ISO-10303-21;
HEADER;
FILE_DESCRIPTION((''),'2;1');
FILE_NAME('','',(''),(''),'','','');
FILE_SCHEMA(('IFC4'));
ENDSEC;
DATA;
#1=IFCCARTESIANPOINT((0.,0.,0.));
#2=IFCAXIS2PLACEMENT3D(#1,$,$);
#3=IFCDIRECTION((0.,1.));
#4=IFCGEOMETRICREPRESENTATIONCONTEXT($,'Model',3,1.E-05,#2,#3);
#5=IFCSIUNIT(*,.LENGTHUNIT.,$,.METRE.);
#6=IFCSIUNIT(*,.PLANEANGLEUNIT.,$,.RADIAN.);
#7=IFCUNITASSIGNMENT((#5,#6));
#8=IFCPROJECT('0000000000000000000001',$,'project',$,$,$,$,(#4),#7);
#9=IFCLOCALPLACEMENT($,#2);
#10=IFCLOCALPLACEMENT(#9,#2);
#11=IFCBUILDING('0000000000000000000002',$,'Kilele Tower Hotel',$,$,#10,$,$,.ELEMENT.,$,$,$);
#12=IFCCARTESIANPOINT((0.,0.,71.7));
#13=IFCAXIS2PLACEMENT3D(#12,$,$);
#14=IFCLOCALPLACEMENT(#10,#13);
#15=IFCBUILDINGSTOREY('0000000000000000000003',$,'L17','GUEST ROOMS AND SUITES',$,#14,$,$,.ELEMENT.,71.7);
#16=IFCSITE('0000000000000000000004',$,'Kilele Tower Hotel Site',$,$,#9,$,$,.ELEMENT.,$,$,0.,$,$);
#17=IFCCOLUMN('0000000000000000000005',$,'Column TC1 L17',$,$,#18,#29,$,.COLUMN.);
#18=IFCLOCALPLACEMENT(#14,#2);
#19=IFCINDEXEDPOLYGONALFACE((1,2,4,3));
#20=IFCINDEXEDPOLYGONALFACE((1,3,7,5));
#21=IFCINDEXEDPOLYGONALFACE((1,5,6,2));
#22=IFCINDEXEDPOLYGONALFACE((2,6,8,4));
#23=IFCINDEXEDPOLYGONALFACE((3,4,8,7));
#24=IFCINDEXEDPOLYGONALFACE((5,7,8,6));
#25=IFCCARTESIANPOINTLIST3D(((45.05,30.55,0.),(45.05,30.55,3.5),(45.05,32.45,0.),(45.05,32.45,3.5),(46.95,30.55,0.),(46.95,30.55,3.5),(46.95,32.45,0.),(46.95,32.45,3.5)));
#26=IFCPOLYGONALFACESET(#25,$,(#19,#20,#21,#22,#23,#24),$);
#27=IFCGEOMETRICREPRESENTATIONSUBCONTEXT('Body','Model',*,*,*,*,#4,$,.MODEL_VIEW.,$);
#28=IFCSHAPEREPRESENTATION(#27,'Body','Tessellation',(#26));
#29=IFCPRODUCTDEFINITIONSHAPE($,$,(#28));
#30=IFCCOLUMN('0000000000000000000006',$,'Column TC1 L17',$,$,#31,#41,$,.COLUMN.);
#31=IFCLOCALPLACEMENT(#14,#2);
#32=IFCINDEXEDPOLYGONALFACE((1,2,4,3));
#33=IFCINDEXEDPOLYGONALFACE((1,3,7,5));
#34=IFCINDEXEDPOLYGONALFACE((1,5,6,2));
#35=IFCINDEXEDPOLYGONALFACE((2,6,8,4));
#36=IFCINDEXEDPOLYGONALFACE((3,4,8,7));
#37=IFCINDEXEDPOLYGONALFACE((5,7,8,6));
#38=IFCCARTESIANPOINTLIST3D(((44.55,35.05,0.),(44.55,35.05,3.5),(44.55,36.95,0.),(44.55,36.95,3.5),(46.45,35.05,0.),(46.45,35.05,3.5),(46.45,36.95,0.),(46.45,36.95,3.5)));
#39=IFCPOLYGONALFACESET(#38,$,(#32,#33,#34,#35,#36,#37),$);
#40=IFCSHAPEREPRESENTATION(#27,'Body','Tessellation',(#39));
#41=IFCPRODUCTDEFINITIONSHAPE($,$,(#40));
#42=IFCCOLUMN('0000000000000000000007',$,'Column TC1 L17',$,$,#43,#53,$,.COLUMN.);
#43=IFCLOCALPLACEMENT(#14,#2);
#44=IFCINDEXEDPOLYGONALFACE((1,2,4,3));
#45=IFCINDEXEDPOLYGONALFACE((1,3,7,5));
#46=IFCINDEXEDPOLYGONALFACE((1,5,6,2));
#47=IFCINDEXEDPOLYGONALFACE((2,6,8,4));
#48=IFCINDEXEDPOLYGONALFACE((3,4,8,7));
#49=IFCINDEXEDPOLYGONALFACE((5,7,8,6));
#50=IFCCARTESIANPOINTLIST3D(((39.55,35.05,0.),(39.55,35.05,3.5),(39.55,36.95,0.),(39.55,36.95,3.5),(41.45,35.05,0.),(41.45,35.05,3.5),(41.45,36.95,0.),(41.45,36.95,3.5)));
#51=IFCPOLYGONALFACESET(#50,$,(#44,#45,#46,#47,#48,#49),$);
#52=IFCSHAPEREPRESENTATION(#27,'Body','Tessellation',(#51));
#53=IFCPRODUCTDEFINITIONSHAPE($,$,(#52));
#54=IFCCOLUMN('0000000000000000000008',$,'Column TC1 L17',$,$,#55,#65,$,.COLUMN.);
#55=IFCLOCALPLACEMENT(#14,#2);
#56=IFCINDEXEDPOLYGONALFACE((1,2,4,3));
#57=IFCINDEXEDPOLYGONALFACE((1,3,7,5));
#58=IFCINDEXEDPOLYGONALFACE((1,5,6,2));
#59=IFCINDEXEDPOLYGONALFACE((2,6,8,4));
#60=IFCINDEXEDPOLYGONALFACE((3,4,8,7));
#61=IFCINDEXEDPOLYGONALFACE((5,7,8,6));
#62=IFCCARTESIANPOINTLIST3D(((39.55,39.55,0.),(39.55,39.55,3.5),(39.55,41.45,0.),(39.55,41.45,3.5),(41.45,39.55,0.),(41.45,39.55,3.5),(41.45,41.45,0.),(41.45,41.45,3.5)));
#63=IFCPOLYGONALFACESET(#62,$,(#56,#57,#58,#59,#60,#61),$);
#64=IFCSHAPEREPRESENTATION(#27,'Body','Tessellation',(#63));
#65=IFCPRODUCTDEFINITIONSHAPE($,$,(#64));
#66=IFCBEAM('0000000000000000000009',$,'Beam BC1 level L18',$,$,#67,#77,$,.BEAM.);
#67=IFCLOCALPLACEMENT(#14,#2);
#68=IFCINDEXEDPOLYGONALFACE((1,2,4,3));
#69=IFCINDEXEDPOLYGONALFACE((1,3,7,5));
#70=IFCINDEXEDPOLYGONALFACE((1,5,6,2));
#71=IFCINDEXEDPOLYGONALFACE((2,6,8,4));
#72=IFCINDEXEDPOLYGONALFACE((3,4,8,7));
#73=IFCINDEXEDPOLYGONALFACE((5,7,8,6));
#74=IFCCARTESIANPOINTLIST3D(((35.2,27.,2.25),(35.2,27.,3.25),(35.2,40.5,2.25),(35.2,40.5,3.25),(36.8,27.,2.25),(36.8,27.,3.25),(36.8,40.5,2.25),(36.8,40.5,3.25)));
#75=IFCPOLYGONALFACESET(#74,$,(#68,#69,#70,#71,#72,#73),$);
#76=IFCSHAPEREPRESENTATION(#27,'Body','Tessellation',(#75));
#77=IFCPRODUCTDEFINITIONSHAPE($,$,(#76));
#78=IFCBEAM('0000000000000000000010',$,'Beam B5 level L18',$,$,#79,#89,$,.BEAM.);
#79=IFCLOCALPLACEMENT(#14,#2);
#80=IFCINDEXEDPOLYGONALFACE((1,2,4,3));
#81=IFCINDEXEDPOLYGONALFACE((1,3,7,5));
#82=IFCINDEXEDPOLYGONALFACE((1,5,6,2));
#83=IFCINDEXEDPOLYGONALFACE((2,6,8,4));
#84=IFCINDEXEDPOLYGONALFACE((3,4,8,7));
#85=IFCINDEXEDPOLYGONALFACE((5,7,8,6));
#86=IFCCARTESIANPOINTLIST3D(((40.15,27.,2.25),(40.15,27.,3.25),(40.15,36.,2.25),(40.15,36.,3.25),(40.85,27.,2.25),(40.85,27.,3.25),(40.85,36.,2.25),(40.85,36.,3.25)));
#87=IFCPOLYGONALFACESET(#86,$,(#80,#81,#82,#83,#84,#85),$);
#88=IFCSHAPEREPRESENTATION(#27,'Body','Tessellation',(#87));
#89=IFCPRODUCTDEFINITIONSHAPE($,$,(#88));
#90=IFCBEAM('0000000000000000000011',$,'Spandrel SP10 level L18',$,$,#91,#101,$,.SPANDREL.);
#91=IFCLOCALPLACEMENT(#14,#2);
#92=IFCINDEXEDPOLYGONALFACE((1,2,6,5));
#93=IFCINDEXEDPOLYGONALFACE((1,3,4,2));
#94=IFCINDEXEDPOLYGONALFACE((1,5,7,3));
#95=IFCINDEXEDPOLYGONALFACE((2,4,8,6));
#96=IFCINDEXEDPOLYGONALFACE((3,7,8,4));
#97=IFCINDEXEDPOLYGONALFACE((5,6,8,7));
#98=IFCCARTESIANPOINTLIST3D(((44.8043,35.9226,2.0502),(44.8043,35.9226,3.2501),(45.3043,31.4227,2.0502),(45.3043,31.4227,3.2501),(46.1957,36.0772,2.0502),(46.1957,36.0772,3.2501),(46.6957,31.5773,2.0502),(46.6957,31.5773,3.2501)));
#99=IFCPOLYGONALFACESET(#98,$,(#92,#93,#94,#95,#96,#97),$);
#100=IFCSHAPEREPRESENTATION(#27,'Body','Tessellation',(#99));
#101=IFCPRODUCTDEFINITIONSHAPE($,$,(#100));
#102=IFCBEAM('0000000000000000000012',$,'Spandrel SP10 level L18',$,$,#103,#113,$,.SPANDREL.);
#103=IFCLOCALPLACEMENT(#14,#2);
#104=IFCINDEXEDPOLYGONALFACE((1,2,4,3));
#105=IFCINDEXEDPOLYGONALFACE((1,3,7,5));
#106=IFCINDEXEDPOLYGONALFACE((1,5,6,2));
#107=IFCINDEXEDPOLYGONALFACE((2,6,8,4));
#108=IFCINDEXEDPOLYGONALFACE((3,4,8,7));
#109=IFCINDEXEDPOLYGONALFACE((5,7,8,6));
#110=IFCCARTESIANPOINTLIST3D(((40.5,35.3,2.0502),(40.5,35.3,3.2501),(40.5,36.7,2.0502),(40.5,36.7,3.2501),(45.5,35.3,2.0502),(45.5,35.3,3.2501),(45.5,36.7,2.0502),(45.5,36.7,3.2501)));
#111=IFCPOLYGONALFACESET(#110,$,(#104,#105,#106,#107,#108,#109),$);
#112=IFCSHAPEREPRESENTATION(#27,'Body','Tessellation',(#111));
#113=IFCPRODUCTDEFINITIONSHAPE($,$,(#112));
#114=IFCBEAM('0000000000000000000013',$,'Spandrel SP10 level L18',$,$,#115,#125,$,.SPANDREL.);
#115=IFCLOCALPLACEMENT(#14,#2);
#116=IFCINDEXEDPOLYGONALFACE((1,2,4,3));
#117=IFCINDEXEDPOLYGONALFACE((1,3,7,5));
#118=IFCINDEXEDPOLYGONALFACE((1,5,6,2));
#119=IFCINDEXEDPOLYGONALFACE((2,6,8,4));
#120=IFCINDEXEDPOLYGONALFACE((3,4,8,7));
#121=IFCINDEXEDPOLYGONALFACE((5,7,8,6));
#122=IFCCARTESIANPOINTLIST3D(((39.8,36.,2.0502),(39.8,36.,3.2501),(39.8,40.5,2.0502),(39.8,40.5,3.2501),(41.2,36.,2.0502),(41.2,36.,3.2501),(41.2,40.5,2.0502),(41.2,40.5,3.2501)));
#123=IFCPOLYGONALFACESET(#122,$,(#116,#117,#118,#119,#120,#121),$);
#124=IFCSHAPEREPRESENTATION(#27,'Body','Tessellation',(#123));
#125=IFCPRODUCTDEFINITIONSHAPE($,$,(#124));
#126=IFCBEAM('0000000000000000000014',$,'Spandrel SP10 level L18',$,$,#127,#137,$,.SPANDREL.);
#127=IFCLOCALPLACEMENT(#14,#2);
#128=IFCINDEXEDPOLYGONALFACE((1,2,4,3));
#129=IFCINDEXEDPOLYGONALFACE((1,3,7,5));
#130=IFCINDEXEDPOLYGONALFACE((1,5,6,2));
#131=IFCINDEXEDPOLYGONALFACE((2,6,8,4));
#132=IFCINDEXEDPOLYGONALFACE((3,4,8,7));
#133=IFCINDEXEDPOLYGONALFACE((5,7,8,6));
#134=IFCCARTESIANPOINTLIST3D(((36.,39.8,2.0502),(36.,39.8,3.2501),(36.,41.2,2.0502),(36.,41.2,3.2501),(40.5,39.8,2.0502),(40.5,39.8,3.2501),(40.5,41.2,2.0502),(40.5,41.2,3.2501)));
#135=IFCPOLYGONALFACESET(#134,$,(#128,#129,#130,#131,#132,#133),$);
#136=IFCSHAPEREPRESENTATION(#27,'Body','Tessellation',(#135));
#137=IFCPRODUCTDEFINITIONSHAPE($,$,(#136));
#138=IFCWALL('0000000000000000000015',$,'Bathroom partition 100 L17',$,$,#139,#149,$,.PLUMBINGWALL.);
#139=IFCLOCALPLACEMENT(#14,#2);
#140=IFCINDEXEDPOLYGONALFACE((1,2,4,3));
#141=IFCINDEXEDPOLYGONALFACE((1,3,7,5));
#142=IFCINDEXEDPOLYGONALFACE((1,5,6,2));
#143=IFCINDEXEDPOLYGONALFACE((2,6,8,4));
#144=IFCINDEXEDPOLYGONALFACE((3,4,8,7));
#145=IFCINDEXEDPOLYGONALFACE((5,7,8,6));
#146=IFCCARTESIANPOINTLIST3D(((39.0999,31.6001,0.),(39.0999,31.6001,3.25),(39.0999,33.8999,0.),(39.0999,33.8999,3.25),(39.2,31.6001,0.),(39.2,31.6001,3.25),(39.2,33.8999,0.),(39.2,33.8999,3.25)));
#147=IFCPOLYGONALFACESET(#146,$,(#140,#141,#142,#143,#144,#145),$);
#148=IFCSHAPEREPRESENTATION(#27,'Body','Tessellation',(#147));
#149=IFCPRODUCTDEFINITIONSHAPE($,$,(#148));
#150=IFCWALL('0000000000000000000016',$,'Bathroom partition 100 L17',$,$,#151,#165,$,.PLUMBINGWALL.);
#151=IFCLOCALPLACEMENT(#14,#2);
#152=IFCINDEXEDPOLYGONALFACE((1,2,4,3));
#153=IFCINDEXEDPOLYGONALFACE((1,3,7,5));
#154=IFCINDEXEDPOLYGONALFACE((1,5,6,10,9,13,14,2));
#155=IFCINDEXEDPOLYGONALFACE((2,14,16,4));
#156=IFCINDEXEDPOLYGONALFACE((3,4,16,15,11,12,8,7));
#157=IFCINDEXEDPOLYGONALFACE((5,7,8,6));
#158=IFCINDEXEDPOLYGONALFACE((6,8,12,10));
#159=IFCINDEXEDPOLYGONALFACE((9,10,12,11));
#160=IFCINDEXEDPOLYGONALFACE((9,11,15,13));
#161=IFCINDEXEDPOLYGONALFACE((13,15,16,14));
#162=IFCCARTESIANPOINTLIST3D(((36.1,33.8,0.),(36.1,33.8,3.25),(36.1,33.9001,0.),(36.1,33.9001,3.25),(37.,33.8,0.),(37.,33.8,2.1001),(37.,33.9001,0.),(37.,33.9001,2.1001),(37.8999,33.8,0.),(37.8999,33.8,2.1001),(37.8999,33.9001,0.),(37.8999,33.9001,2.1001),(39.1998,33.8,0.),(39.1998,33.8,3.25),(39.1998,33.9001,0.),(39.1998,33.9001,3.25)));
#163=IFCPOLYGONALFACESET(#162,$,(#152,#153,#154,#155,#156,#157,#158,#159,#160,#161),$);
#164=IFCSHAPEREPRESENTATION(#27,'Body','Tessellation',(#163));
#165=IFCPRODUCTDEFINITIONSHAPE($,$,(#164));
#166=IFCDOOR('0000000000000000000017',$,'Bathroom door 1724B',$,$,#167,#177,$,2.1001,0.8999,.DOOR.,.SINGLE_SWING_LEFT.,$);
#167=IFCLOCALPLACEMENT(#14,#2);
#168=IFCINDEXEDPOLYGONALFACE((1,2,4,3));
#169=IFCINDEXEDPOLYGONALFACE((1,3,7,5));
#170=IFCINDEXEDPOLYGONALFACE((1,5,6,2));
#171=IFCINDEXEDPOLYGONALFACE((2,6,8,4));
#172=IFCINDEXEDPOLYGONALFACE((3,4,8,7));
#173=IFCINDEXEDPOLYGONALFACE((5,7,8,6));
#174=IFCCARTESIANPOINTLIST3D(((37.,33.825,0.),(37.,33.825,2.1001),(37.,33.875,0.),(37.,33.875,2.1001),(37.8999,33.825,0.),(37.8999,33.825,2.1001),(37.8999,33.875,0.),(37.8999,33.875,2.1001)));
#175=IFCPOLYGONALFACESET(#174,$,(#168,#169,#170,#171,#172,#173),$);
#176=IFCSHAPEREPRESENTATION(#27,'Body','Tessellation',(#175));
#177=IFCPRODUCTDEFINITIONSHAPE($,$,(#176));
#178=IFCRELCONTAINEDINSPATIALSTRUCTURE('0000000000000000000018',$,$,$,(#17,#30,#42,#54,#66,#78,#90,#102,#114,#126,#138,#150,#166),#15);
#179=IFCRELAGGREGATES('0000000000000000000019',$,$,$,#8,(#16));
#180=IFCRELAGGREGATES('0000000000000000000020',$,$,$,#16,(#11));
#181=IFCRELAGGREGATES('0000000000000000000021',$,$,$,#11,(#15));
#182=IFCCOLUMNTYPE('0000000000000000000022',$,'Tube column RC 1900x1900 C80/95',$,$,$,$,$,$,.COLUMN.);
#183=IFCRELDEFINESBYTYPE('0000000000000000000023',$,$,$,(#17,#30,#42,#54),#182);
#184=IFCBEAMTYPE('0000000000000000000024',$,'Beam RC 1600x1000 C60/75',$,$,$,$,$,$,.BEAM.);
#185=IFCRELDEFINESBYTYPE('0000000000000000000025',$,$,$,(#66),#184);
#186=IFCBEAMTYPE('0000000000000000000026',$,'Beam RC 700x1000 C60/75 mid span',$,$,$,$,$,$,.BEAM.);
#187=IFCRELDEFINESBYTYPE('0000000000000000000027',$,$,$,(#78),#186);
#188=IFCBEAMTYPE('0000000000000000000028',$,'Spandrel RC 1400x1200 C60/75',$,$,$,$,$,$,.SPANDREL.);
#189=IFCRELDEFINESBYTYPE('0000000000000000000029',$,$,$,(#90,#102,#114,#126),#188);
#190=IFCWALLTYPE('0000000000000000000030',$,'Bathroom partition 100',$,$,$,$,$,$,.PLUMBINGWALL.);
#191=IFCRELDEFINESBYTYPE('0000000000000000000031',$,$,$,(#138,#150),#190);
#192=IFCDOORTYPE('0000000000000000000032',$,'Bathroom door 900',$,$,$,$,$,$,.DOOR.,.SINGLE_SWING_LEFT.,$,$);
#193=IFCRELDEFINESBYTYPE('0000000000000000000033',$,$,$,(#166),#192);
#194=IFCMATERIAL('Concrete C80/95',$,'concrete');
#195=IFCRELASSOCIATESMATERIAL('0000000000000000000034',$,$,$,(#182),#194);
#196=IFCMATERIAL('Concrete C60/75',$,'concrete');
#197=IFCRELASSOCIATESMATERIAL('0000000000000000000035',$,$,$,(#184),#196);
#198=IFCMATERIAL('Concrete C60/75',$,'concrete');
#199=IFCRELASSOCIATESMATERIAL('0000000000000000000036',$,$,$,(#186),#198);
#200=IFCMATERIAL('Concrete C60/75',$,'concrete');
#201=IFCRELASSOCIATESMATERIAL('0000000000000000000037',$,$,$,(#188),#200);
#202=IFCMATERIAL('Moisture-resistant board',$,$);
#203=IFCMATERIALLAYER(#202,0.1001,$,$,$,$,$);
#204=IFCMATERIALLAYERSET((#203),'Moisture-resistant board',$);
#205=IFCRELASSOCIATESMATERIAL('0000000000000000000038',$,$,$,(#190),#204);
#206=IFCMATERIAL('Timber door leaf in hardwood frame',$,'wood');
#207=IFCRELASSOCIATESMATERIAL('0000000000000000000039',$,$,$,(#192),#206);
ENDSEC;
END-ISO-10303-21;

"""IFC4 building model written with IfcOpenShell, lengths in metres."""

from ifc_helpers import new_model, si_unit, direction, frame, frame_2d, origin, origin_2d, place, context, subcontext, project, spatial, rectangle, extrude, material, layer, layer_set, material_profile, profile_set, type_object, element, fill, save


model = new_model("IFC4")

# Units and contexts
model_context = context("Model", 3, precision=1e-05, world=origin(), true_north=direction((0.0, 1.0)))
body_context = subcontext(model_context, "Body", "Model", "MODEL_VIEW")
ifc_project = project(units=[si_unit("LENGTHUNIT", "METRE"), si_unit("PLANEANGLEUNIT", "RADIAN")], contexts=[model_context])

# Site, building, storey
site_placement = place(None, origin())
site = spatial("IfcSite", under=ifc_project, at=site_placement, Name="Kilele Tower Hotel Site", CompositionType="ELEMENT", RefElevation=0.0)
building_placement = place(site_placement, origin())
building = spatial("IfcBuilding", under=site, at=building_placement, Name="Kilele Tower Hotel", CompositionType="ELEMENT")
storey_placement = place(building_placement, frame((0.0, 0.0, 71.7)))
storey = spatial("IfcBuildingStorey", under=building, at=storey_placement, Name="L17", Description="GUEST ROOMS AND SUITES", CompositionType="ELEMENT", Elevation=71.7)

# Columns
ifc_material_1 = material(Name="Concrete C80/95", Category="concrete")
ifc_material_profile_1 = material_profile(ifc_material_1, rectangle(XDim=1.8999, YDim=1.8999, at=origin_2d()))
ifc_profile_set_1 = profile_set([ifc_material_profile_1], Name="Concrete C80/95")
column_type = type_object("IfcColumnType", Name="Tube column RC 1900x1900 C80/95", PredefinedType="COLUMN", material=ifc_profile_set_1)
for number, where, z_axis, x_axis, name in (
    (1, (46.0, 31.5, 0.0), (0.0, 0.0, 1.0), (1.0, 0.0, 0.0), "Column TC1 L17"),
    (2, (45.5, 36.0, 0.0), (0.0, 0.0, 1.0), (1.0, 0.0, 0.0), "Column TC1 L17"),
    (3, (40.5, 36.0, 0.0), (0.0, 0.0, 1.0), (1.0, 0.0, 0.0), "Column TC1 L17"),
    (4, (40.5, 40.5, 0.0), (0.0, 0.0, 1.0), (1.0, 0.0, 0.0), "Column TC1 L17"),
):
    element("IfcColumn", number, at=place(storey_placement, frame(where, z_axis=z_axis, x_axis=x_axis)), inside=storey, type_object=column_type, Name=name, PredefinedType="COLUMN", context=body_context, shape_type="SweptSolid", body=[
        extrude(rectangle(XDim=1.8999, YDim=1.8999, at=origin_2d()), origin(), (0.0, 0.0, 1.0), 3.5),
    ])

# Beams
ifc_material_2 = material(Name="Concrete C60/75", Category="concrete")
ifc_material_profile_2 = material_profile(ifc_material_2, rectangle(XDim=1.6001, YDim=1.0, at=origin_2d()))
ifc_profile_set_2 = profile_set([ifc_material_profile_2], Name="Concrete C60/75")
beam_type_1 = type_object("IfcBeamType", Name="Beam RC 1600x1000 C60/75", PredefinedType="BEAM", material=ifc_profile_set_2)
beam_1_placement = place(storey_placement, frame((36.0, 40.5, 2.75), z_axis=(0.0, -1.0, 0.0), x_axis=(1.0, 0.0, 0.0)))
element("IfcBeam", 5, at=beam_1_placement, inside=storey, type_object=beam_type_1, Name="Beam BC1 level L18", PredefinedType="BEAM", context=body_context, shape_type="SweptSolid", body=[
    extrude(rectangle(XDim=1.6001, YDim=1.0, at=origin_2d()), origin(), (0.0, 0.0, 1.0), 13.5),
])
ifc_material_3 = material(Name="Concrete C60/75", Category="concrete")
ifc_material_profile_3 = material_profile(ifc_material_3, rectangle(XDim=0.7, YDim=1.0, at=origin_2d()))
ifc_profile_set_3 = profile_set([ifc_material_profile_3], Name="Concrete C60/75")
beam_type_2 = type_object("IfcBeamType", Name="Beam RC 700x1000 C60/75 mid span", PredefinedType="BEAM", material=ifc_profile_set_3)
beam_2_placement = place(storey_placement, frame((40.5, 36.0, 2.75), z_axis=(0.0, -1.0, 0.0), x_axis=(1.0, 0.0, 0.0)))
element("IfcBeam", 6, at=beam_2_placement, inside=storey, type_object=beam_type_2, Name="Beam B5 level L18", PredefinedType="BEAM", context=body_context, shape_type="SweptSolid", body=[
    extrude(rectangle(XDim=0.7, YDim=1.0, at=origin_2d()), origin(), (0.0, 0.0, 1.0), 9.0),
])
ifc_material_4 = material(Name="Concrete C60/75", Category="concrete")
ifc_material_profile_4 = material_profile(ifc_material_4, rectangle(XDim=1.3999, YDim=1.2, at=origin_2d()))
ifc_profile_set_4 = profile_set([ifc_material_profile_4], Name="Concrete C60/75")
beam_type_3 = type_object("IfcBeamType", Name="Spandrel RC 1400x1200 C60/75", PredefinedType="SPANDREL", material=ifc_profile_set_4)
beam_3_placement = place(storey_placement, frame((46.0, 31.5, 2.6501), z_axis=(-0.110432, 0.993884, 0.0), x_axis=(-0.993884, -0.110432, 0.0)))
element("IfcBeam", 7, at=beam_3_placement, inside=storey, type_object=beam_type_3, Name="Spandrel SP10 level L18", PredefinedType="SPANDREL", context=body_context, shape_type="SweptSolid", body=[
    extrude(rectangle(XDim=1.3999, YDim=1.2, at=origin_2d()), origin(), (0.0, 0.0, 1.0), 4.5276),
])
beam_4_placement = place(storey_placement, frame((45.5, 36.0, 2.6501), z_axis=(-1.0, 0.0, 0.0), x_axis=(0.0, -1.0, 0.0)))
element("IfcBeam", 8, at=beam_4_placement, inside=storey, type_object=beam_type_3, Name="Spandrel SP10 level L18", PredefinedType="SPANDREL", context=body_context, shape_type="SweptSolid", body=[
    extrude(rectangle(XDim=1.3999, YDim=1.2, at=origin_2d()), origin(), (0.0, 0.0, 1.0), 5.0),
])
for number, where, z_axis, x_axis, name in (
    (9, (40.5, 36.0, 2.6501), (0.0, 1.0, 0.0), (-1.0, 0.0, 0.0), "Spandrel SP10 level L18"),
    (10, (40.5, 40.5, 2.6501), (-1.0, 0.0, 0.0), (0.0, -1.0, 0.0), "Spandrel SP10 level L18"),
):
    element("IfcBeam", number, at=place(storey_placement, frame(where, z_axis=z_axis, x_axis=x_axis)), inside=storey, type_object=beam_type_3, Name=name, PredefinedType="SPANDREL", context=body_context, shape_type="SweptSolid", body=[
        extrude(rectangle(XDim=1.3999, YDim=1.2, at=origin_2d()), origin(), (0.0, 0.0, 1.0), 4.5),
    ])

# Wall
ifc_material_5 = material(Name="Moisture-resistant board")
ifc_layer_1 = layer(ifc_material_5, 0.1001)
ifc_layer_set_1 = layer_set([ifc_layer_1], Name="Moisture-resistant board")
wall_type_1 = type_object("IfcWallType", Name="Bathroom partition 100", PredefinedType="PLUMBINGWALL", material=ifc_layer_set_1)
wall_1_placement = place(storey_placement, frame((39.1499, 31.6001, 0.0), z_axis=(0.0, 0.0, 1.0), x_axis=(0.0, 1.0, 0.0)))
element("IfcWall", 11, at=wall_1_placement, inside=storey, type_object=wall_type_1, Name="Bathroom partition 100 L17", PredefinedType="PLUMBINGWALL", context=body_context, shape_type="SweptSolid", body=[
    extrude(rectangle(XDim=2.2998, YDim=0.1001, at=frame_2d((1.1499, 0.0))), origin(), (0.0, 0.0, 1.0), 3.25),
])

# Wall, opening, door
wall_2_placement = place(storey_placement, frame((36.1001, 33.8501, 0.0), z_axis=(0.0, 0.0, 1.0), x_axis=(1.0, 0.0, 0.0)))
wall_2 = element("IfcWall", 12, at=wall_2_placement, inside=storey, type_object=wall_type_1, Name="Bathroom partition 100 L17", PredefinedType="PLUMBINGWALL", context=body_context, shape_type="SweptSolid", body=[
    extrude(rectangle(XDim=3.0999, YDim=0.1001, at=frame_2d((1.5498, 0.0))), origin(), (0.0, 0.0, 1.0), 3.25),
])
opening_1_placement = place(wall_2_placement, frame((0.8999, 0.0, 0.0)))
opening_1 = element("IfcOpeningElement", 13, at=opening_1_placement, cuts=wall_2, PredefinedType="OPENING", context=body_context, shape_type="SweptSolid", body=[
    extrude(rectangle(XDim=0.8999, YDim=2.1001, at=frame_2d((0.45, 1.05))), frame((0.0, 0.0601, 0.0), z_axis=(0.0, -1.0, 0.0), x_axis=(1.0, 0.0, 0.0)), (0.0, 0.0, 1.0), 0.1201),
])
ifc_material_6 = material(Name="Timber door leaf in hardwood frame", Category="wood")
door_type_1 = type_object("IfcDoorType", Name="Bathroom door 900", OperationType="SINGLE_SWING_LEFT", PredefinedType="DOOR", material=ifc_material_6)
door_1_placement = place(opening_1_placement, origin())
door_1 = element("IfcDoor", 14, at=door_1_placement, inside=storey, type_object=door_type_1, Name="Bathroom door 1724B", OperationType="SINGLE_SWING_LEFT", OverallHeight=2.1001, OverallWidth=0.8999, PredefinedType="DOOR", context=body_context, shape_type="SweptSolid", body=[
    extrude(rectangle(XDim=0.8999, YDim=2.1001, at=frame_2d((0.45, 1.05))), frame((0.0, 0.0249, 0.0), z_axis=(0.0, -1.0, 0.0), x_axis=(1.0, 0.0, 0.0)), (0.0, 0.0, 1.0), 0.05),
])
fill(opening_1, door_1)

save(model, "model.ifc")
